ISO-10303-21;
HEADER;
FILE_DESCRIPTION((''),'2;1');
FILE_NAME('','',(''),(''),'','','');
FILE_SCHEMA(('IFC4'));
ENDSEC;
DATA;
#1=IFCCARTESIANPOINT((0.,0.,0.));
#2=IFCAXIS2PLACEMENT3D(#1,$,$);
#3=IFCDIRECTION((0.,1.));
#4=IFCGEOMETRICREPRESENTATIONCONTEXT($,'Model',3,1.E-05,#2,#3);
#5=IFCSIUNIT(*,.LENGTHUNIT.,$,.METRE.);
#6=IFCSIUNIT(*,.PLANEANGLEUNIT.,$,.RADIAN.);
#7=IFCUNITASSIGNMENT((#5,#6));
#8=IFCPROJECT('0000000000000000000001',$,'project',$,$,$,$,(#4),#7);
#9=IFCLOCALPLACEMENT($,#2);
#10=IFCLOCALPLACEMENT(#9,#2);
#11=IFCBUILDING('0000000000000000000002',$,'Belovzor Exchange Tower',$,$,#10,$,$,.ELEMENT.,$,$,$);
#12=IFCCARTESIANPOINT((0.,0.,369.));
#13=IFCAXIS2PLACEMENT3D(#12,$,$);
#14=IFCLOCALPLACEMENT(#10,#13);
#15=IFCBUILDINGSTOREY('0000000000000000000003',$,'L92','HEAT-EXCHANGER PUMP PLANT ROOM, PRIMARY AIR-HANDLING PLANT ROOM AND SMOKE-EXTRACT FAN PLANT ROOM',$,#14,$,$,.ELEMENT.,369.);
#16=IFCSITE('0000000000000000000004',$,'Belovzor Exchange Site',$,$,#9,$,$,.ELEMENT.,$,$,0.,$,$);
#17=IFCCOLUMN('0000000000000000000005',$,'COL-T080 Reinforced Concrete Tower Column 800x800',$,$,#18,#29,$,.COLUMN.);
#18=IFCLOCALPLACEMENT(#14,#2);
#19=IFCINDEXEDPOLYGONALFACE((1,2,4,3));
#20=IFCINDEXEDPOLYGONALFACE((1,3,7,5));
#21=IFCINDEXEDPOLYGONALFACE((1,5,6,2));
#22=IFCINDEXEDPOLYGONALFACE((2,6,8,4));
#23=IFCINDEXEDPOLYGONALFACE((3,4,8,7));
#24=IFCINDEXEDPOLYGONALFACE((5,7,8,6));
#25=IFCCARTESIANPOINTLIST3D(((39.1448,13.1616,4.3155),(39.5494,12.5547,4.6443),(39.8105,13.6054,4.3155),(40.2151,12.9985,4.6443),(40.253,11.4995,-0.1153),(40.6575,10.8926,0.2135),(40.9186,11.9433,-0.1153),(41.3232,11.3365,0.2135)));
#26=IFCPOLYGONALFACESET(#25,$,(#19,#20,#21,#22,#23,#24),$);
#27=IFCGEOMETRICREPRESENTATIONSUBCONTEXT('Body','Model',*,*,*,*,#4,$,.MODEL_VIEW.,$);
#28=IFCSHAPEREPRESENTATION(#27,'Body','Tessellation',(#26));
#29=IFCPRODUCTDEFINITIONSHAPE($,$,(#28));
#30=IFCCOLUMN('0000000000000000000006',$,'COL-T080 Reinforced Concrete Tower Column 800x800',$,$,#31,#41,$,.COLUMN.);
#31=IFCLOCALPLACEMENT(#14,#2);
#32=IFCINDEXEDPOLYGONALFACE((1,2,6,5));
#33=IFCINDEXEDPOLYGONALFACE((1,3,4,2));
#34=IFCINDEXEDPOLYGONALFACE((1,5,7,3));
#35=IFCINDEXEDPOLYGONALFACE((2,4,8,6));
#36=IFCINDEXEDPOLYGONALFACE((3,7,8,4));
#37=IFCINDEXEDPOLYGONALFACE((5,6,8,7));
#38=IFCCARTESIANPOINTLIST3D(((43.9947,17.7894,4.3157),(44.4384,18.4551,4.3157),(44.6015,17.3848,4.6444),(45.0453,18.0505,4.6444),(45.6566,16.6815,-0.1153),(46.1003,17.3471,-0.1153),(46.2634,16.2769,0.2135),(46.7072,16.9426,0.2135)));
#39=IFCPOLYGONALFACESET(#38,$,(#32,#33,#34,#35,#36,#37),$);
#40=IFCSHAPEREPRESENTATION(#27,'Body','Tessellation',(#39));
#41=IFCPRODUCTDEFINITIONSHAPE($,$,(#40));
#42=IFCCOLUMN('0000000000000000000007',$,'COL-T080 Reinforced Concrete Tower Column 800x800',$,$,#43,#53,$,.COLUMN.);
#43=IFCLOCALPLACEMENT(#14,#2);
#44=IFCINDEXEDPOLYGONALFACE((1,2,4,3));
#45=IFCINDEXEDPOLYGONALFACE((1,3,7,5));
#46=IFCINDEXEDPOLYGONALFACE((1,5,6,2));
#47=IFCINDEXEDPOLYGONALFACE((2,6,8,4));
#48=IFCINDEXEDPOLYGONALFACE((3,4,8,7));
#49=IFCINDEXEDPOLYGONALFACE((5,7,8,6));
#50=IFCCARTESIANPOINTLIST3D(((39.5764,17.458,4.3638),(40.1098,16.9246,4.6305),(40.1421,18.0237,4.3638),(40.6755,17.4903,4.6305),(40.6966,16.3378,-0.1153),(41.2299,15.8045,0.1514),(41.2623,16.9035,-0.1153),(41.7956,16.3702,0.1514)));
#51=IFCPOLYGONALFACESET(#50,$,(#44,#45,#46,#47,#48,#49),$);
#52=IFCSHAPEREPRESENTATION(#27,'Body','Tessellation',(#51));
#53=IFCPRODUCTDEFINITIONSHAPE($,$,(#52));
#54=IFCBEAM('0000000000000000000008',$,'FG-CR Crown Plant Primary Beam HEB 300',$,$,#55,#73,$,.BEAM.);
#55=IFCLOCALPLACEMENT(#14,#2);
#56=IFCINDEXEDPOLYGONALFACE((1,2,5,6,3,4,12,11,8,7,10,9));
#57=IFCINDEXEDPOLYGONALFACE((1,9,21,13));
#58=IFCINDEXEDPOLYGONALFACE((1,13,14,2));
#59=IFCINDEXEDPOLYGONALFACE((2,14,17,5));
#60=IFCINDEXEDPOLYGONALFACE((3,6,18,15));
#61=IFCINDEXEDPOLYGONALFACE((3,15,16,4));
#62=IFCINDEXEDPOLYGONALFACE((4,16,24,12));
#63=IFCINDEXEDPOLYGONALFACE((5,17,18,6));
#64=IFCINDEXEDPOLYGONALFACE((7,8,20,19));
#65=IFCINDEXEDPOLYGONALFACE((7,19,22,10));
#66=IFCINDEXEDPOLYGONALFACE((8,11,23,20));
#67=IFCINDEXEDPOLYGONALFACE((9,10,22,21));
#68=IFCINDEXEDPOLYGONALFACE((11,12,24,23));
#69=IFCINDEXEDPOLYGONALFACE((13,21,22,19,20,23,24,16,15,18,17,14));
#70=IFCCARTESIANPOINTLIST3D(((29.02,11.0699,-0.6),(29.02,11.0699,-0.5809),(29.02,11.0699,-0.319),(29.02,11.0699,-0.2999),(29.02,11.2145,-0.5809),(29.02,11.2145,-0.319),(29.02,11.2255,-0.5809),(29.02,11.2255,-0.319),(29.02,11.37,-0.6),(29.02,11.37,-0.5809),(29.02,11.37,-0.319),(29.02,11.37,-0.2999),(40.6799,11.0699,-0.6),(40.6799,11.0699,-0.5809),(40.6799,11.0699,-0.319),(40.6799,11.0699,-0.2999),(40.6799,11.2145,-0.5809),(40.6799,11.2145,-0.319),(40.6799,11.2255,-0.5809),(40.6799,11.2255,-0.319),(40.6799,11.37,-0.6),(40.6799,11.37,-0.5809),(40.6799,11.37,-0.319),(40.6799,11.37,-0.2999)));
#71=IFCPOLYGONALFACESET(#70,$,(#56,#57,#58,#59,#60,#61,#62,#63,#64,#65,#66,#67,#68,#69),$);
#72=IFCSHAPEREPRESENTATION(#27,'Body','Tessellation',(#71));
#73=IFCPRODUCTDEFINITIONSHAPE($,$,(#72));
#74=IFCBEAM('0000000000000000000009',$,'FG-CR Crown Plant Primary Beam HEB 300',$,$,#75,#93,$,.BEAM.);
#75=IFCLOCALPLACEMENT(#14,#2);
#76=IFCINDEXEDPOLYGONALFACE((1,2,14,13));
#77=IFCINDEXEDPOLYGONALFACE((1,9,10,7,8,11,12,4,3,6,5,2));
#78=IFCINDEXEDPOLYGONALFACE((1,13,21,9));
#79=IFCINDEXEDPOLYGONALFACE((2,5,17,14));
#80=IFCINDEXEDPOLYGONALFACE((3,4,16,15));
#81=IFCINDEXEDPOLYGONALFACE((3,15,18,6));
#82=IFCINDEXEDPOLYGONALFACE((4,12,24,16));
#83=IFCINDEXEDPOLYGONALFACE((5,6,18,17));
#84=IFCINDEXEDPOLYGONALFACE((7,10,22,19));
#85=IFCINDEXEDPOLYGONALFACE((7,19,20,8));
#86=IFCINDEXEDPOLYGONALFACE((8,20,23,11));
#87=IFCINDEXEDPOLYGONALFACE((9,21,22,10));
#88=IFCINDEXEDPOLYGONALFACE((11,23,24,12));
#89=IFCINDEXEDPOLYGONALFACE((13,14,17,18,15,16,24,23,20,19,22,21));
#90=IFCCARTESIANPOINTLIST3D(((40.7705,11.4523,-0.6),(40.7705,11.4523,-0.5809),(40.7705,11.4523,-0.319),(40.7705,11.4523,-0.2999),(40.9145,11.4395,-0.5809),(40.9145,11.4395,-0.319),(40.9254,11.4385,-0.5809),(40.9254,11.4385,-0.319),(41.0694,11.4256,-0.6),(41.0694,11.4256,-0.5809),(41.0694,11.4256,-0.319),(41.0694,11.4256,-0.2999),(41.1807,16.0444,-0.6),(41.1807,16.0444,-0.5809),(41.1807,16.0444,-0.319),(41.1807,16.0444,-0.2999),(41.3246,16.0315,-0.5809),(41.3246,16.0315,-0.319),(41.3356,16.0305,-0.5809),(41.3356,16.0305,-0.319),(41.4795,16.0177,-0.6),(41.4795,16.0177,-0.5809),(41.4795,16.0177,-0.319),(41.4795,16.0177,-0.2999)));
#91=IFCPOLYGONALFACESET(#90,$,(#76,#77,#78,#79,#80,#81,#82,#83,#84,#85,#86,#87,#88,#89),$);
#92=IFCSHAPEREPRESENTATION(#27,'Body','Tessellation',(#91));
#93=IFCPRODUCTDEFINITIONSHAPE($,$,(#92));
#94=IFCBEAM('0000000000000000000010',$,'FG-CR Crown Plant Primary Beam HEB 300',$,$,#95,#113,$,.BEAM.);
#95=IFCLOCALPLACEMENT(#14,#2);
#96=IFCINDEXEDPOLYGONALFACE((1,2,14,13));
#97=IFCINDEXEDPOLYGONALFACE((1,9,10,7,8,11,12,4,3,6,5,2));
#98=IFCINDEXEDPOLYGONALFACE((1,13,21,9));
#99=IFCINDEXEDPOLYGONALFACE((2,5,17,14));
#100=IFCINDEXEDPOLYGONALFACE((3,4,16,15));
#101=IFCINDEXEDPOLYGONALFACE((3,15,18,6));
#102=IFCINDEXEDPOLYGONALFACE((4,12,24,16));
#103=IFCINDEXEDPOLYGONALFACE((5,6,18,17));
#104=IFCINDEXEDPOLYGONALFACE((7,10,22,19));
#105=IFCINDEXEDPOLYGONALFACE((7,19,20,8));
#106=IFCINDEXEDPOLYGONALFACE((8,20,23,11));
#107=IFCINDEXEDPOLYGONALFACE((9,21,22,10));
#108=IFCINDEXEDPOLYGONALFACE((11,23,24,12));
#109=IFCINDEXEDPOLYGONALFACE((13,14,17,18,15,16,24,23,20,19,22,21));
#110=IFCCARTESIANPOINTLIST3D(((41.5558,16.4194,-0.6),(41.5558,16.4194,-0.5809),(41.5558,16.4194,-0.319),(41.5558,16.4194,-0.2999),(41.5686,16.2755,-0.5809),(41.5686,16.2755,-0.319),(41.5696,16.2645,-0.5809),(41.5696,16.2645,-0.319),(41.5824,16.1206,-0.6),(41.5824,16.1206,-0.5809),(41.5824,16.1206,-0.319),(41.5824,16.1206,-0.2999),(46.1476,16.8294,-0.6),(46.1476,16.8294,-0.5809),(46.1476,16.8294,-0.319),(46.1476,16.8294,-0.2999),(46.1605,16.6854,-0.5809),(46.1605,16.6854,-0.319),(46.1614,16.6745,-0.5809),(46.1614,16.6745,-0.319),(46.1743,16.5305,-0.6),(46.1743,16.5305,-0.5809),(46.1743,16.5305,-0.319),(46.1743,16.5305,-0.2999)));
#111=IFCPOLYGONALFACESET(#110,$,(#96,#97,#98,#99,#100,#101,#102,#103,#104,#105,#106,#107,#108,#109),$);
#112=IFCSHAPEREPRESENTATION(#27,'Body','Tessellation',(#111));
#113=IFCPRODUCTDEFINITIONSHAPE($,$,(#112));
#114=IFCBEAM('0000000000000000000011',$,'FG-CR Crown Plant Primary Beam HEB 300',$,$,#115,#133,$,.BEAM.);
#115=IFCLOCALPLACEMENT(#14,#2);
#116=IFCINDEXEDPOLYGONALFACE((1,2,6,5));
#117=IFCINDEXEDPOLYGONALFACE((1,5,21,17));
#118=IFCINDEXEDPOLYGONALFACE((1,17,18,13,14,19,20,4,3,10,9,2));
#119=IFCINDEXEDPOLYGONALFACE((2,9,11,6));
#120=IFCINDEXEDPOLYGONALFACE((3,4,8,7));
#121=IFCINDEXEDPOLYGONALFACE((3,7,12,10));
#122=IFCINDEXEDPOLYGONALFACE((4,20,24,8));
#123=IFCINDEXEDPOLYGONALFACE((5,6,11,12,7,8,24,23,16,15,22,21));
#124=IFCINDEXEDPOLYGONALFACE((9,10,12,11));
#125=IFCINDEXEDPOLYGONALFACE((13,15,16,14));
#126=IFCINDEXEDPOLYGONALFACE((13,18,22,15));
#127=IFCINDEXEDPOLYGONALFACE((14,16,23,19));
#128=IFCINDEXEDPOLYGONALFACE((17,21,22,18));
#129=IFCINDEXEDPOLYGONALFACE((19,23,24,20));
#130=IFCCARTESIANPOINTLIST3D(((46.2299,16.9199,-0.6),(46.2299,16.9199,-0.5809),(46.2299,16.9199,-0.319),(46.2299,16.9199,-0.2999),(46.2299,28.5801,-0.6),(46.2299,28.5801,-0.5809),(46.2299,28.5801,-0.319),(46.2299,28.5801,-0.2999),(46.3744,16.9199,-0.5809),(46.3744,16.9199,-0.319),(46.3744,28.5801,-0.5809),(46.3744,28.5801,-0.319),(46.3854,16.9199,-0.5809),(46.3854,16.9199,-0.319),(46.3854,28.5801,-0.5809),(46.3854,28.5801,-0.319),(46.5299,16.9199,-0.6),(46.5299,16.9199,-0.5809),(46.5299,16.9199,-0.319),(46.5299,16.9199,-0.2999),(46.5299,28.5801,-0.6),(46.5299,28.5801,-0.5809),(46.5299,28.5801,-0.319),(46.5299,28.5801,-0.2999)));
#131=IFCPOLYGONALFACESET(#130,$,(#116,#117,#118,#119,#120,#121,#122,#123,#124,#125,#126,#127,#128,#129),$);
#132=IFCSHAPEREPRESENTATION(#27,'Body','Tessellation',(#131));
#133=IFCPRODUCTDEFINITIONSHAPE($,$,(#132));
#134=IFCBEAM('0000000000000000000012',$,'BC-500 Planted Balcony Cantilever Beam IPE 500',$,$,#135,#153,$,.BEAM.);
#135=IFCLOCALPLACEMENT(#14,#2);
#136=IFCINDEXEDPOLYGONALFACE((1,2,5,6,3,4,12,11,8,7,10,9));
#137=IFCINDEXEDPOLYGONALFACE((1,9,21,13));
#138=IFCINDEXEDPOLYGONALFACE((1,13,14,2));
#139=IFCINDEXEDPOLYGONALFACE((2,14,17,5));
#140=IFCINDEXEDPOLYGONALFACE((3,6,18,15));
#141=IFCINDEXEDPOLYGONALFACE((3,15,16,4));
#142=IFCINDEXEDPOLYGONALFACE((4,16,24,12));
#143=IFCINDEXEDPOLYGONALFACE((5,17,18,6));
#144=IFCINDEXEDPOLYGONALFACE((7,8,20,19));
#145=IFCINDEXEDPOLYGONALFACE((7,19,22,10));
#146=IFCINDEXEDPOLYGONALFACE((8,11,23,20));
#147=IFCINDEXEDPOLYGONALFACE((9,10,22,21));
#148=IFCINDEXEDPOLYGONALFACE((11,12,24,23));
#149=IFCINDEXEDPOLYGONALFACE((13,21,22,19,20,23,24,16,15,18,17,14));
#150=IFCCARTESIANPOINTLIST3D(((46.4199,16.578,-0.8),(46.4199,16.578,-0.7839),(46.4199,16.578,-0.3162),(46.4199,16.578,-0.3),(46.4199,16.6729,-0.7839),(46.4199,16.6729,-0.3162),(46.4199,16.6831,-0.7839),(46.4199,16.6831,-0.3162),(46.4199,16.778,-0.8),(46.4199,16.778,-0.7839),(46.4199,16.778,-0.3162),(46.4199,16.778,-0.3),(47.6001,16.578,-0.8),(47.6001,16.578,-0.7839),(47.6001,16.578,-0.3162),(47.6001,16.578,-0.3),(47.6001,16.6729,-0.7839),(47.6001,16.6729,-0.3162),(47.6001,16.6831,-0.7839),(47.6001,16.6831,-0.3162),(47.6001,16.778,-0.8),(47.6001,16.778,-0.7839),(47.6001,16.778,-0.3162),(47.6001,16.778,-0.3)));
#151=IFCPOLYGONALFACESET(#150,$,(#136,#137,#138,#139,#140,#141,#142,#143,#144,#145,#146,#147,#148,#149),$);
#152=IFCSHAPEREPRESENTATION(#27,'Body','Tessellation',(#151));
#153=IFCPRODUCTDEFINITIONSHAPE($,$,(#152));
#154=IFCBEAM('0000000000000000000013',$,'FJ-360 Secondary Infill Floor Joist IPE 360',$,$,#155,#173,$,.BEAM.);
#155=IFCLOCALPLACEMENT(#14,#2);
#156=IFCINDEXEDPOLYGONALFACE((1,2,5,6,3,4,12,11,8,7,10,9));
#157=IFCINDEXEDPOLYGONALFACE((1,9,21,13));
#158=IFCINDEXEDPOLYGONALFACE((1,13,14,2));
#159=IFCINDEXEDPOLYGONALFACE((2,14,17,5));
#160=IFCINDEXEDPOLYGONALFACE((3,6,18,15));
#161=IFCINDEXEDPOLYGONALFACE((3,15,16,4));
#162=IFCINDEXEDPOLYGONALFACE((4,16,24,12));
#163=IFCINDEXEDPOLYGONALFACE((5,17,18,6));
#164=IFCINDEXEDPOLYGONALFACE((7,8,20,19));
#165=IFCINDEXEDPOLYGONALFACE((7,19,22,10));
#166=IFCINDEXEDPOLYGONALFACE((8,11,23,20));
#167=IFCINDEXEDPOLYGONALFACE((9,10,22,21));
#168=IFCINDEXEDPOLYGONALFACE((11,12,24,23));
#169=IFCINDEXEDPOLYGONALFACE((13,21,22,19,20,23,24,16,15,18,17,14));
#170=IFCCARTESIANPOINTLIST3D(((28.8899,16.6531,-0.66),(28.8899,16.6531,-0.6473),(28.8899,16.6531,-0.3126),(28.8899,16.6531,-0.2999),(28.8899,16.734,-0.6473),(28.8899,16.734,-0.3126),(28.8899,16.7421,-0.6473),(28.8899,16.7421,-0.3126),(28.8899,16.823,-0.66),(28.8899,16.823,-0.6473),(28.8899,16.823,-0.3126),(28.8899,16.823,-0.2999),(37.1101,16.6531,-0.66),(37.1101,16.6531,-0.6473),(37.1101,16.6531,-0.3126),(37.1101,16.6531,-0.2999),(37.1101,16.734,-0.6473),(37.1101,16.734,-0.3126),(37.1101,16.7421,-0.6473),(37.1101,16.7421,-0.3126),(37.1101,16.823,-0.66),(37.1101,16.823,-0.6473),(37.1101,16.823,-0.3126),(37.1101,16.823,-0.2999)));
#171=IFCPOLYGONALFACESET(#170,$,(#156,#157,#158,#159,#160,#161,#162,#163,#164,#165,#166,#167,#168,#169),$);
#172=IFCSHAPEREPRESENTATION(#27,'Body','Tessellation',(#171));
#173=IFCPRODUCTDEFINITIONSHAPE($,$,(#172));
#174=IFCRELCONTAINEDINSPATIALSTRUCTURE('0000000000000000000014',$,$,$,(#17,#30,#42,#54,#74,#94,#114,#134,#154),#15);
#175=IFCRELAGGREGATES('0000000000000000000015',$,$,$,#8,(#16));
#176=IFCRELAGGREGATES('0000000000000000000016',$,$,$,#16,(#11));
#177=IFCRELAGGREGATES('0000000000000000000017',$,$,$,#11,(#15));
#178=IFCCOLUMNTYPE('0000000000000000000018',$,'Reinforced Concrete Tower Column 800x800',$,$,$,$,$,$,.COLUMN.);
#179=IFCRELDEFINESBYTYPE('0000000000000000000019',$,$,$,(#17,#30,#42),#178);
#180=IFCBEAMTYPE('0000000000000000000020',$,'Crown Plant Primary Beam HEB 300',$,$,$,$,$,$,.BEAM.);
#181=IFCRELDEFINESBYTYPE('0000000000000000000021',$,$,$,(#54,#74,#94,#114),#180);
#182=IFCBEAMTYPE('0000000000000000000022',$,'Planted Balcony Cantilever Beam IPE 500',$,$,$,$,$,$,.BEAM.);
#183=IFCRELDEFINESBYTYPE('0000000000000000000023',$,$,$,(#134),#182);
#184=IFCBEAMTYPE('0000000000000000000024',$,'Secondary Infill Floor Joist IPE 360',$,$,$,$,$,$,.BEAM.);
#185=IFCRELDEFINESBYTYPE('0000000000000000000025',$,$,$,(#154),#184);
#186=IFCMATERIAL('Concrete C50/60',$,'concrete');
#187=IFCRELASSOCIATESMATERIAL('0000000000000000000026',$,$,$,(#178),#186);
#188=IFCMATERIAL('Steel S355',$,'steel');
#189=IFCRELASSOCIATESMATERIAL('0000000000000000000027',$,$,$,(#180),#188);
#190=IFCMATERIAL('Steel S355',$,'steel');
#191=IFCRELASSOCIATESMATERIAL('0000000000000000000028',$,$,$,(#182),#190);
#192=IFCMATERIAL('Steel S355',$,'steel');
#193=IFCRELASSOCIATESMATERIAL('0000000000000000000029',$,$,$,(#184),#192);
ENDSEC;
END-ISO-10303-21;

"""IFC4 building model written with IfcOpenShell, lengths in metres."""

from ifc_helpers import new_model, si_unit, direction, frame, origin, origin_2d, place, context, subcontext, project, spatial, rectangle, i_section, extrude, material, material_profile, profile_set, type_object, element, save


model = new_model("IFC4")

# Units and contexts
model_context = context("Model", 3, precision=1e-05, world=origin(), true_north=direction((0.0, 1.0)))
body_context = subcontext(model_context, "Body", "Model", "MODEL_VIEW")
ifc_project = project(units=[si_unit("LENGTHUNIT", "METRE"), si_unit("PLANEANGLEUNIT", "RADIAN")], contexts=[model_context])

# Site, building, storey
site_placement = place(None, origin())
site = spatial("IfcSite", under=ifc_project, at=site_placement, Name="Belovzor Exchange Site", CompositionType="ELEMENT", RefElevation=0.0)
building_placement = place(site_placement, origin())
building = spatial("IfcBuilding", under=site, at=building_placement, Name="Belovzor Exchange Tower", CompositionType="ELEMENT")
storey_placement = place(building_placement, frame((0.0, 0.0, 369.0)))
storey = spatial("IfcBuildingStorey", under=building, at=storey_placement, Name="L92", Description="HEAT-EXCHANGER PUMP PLANT ROOM, PRIMARY AIR-HANDLING PLANT ROOM AND SMOKE-EXTRACT FAN PLANT ROOM", CompositionType="ELEMENT", Elevation=369.0)

# Columns
ifc_material_1 = material(Name="Concrete C50/60", Category="concrete")
ifc_material_profile_1 = material_profile(ifc_material_1, rectangle(XDim=0.8, YDim=0.8, at=origin_2d()))
ifc_profile_set_1 = profile_set([ifc_material_profile_1], Name="Concrete C50/60")
column_type = type_object("IfcColumnType", Name="Reinforced Concrete Tower Column 800x800", PredefinedType="COLUMN", material=ifc_profile_set_1)
for number, where, z_axis, x_axis, name in (
    (1, (40.7881, 11.418, 0.0491), (-0.227996, 0.341969, 0.911633), (-0.832031, -0.554728, 0.0), "COL-T080 Reinforced Concrete Tower Column 800x800"),
    (2, (46.1819, 16.812, 0.0491), (-0.341929, 0.227952, 0.911659), (-0.5547, -0.83205, 0.0), "COL-T080 Reinforced Concrete Tower Column 800x800"),
):
    element("IfcColumn", number, at=place(storey_placement, frame(where, z_axis=z_axis, x_axis=x_axis)), inside=storey, type_object=column_type, Name=name, PredefinedType="COLUMN", context=body_context, shape_type="SweptSolid", body=[
        extrude(rectangle(XDim=0.8, YDim=0.8, at=origin_2d()), origin(), (0.0, 0.0, 1.0), 4.8604),
    ])
column_placement = place(storey_placement, frame((41.2461, 16.354, 0.0181), z_axis=(-0.235771, 0.235771, 0.942775), x_axis=(-0.707107, -0.707107, 0.0)))
element("IfcColumn", 3, at=column_placement, inside=storey, type_object=column_type, Name="COL-T080 Reinforced Concrete Tower Column 800x800", PredefinedType="COLUMN", context=body_context, shape_type="SweptSolid", body=[
    extrude(rectangle(XDim=0.8, YDim=0.8, at=origin_2d()), origin(), (0.0, 0.0, 1.0), 4.751),
])

# Beams
ifc_material_2 = material(Name="Steel S355", Category="steel")
ifc_material_profile_2 = material_profile(ifc_material_2, i_section(OverallWidth=0.3, OverallDepth=0.3, WebThickness=0.011, FlangeThickness=0.019, at=origin_2d()))
ifc_profile_set_2 = profile_set([ifc_material_profile_2], Name="Steel S355")
beam_type_1 = type_object("IfcBeamType", Name="Crown Plant Primary Beam HEB 300", PredefinedType="BEAM", material=ifc_profile_set_2)
beam_1_placement = place(storey_placement, frame((29.02, 11.22, -0.45), z_axis=(1.0, 0.0, 0.0), x_axis=(0.0, 1.0, 0.0)))
element("IfcBeam", 4, at=beam_1_placement, inside=storey, type_object=beam_type_1, Name="FG-CR Crown Plant Primary Beam HEB 300", PredefinedType="BEAM", context=body_context, shape_type="SweptSolid", body=[
    extrude(i_section(OverallWidth=0.3, OverallDepth=0.3, WebThickness=0.011, FlangeThickness=0.019, at=origin_2d()), origin(), (0.0, 0.0, 1.0), 11.6599),
])
beam_2_placement = place(storey_placement, frame((40.9199, 11.439, -0.45), z_axis=(0.088965, 0.996035, 0.0), x_axis=(-0.996035, 0.088965, 0.0)))
element("IfcBeam", 5, at=beam_2_placement, inside=storey, type_object=beam_type_1, Name="FG-CR Crown Plant Primary Beam HEB 300", PredefinedType="BEAM", context=body_context, shape_type="SweptSolid", body=[
    extrude(i_section(OverallWidth=0.3, OverallDepth=0.3, WebThickness=0.011, FlangeThickness=0.019, at=origin_2d()), origin(), (0.0, 0.0, 1.0), 4.6104),
])
beam_3_placement = place(storey_placement, frame((41.5691, 16.27, -0.45), z_axis=(0.996039, 0.088917, 0.0), x_axis=(-0.088917, 0.996039, 0.0)))
element("IfcBeam", 6, at=beam_3_placement, inside=storey, type_object=beam_type_1, Name="FG-CR Crown Plant Primary Beam HEB 300", PredefinedType="BEAM", context=body_context, shape_type="SweptSolid", body=[
    extrude(i_section(OverallWidth=0.3, OverallDepth=0.3, WebThickness=0.011, FlangeThickness=0.019, at=origin_2d()), origin(), (0.0, 0.0, 1.0), 4.6101),
])
beam_4_placement = place(storey_placement, frame((46.3799, 16.9199, -0.45), z_axis=(0.0, 1.0, 0.0), x_axis=(-1.0, 0.0, 0.0)))
element("IfcBeam", 7, at=beam_4_placement, inside=storey, type_object=beam_type_1, Name="FG-CR Crown Plant Primary Beam HEB 300", PredefinedType="BEAM", context=body_context, shape_type="SweptSolid", body=[
    extrude(i_section(OverallWidth=0.3, OverallDepth=0.3, WebThickness=0.011, FlangeThickness=0.019, at=origin_2d()), origin(), (0.0, 0.0, 1.0), 11.6602),
])
ifc_material_3 = material(Name="Steel S355", Category="steel")
ifc_material_profile_3 = material_profile(ifc_material_3, i_section(OverallWidth=0.2, OverallDepth=0.5, WebThickness=0.0103, FlangeThickness=0.0161, at=origin_2d()))
ifc_profile_set_3 = profile_set([ifc_material_profile_3], Name="Steel S355")
beam_type_2 = type_object("IfcBeamType", Name="Planted Balcony Cantilever Beam IPE 500", PredefinedType="BEAM", material=ifc_profile_set_3)
beam_5_placement = place(storey_placement, frame((46.4199, 16.678, -0.55), z_axis=(1.0, 0.0, 0.0), x_axis=(0.0, 1.0, 0.0)))
element("IfcBeam", 8, at=beam_5_placement, inside=storey, type_object=beam_type_2, Name="BC-500 Planted Balcony Cantilever Beam IPE 500", PredefinedType="BEAM", context=body_context, shape_type="SweptSolid", body=[
    extrude(i_section(OverallWidth=0.2, OverallDepth=0.5, WebThickness=0.0103, FlangeThickness=0.0161, at=origin_2d()), origin(), (0.0, 0.0, 1.0), 1.1802),
])
ifc_material_4 = material(Name="Steel S355", Category="steel")
ifc_material_profile_4 = material_profile(ifc_material_4, i_section(OverallWidth=0.1699, OverallDepth=0.3601, WebThickness=0.0081, FlangeThickness=0.0127, at=origin_2d()))
ifc_profile_set_4 = profile_set([ifc_material_profile_4], Name="Steel S355")
beam_type_3 = type_object("IfcBeamType", Name="Secondary Infill Floor Joist IPE 360", PredefinedType="BEAM", material=ifc_profile_set_4)
beam_6_placement = place(storey_placement, frame((28.8899, 16.738, -0.48), z_axis=(1.0, 0.0, 0.0), x_axis=(0.0, 1.0, 0.0)))
element("IfcBeam", 9, at=beam_6_placement, inside=storey, type_object=beam_type_3, Name="FJ-360 Secondary Infill Floor Joist IPE 360", PredefinedType="BEAM", context=body_context, shape_type="SweptSolid", body=[
    extrude(i_section(OverallWidth=0.1699, OverallDepth=0.3601, WebThickness=0.0081, FlangeThickness=0.0127, at=origin_2d()), origin(), (0.0, 0.0, 1.0), 8.2202),
])

save(model, "model.ifc")
